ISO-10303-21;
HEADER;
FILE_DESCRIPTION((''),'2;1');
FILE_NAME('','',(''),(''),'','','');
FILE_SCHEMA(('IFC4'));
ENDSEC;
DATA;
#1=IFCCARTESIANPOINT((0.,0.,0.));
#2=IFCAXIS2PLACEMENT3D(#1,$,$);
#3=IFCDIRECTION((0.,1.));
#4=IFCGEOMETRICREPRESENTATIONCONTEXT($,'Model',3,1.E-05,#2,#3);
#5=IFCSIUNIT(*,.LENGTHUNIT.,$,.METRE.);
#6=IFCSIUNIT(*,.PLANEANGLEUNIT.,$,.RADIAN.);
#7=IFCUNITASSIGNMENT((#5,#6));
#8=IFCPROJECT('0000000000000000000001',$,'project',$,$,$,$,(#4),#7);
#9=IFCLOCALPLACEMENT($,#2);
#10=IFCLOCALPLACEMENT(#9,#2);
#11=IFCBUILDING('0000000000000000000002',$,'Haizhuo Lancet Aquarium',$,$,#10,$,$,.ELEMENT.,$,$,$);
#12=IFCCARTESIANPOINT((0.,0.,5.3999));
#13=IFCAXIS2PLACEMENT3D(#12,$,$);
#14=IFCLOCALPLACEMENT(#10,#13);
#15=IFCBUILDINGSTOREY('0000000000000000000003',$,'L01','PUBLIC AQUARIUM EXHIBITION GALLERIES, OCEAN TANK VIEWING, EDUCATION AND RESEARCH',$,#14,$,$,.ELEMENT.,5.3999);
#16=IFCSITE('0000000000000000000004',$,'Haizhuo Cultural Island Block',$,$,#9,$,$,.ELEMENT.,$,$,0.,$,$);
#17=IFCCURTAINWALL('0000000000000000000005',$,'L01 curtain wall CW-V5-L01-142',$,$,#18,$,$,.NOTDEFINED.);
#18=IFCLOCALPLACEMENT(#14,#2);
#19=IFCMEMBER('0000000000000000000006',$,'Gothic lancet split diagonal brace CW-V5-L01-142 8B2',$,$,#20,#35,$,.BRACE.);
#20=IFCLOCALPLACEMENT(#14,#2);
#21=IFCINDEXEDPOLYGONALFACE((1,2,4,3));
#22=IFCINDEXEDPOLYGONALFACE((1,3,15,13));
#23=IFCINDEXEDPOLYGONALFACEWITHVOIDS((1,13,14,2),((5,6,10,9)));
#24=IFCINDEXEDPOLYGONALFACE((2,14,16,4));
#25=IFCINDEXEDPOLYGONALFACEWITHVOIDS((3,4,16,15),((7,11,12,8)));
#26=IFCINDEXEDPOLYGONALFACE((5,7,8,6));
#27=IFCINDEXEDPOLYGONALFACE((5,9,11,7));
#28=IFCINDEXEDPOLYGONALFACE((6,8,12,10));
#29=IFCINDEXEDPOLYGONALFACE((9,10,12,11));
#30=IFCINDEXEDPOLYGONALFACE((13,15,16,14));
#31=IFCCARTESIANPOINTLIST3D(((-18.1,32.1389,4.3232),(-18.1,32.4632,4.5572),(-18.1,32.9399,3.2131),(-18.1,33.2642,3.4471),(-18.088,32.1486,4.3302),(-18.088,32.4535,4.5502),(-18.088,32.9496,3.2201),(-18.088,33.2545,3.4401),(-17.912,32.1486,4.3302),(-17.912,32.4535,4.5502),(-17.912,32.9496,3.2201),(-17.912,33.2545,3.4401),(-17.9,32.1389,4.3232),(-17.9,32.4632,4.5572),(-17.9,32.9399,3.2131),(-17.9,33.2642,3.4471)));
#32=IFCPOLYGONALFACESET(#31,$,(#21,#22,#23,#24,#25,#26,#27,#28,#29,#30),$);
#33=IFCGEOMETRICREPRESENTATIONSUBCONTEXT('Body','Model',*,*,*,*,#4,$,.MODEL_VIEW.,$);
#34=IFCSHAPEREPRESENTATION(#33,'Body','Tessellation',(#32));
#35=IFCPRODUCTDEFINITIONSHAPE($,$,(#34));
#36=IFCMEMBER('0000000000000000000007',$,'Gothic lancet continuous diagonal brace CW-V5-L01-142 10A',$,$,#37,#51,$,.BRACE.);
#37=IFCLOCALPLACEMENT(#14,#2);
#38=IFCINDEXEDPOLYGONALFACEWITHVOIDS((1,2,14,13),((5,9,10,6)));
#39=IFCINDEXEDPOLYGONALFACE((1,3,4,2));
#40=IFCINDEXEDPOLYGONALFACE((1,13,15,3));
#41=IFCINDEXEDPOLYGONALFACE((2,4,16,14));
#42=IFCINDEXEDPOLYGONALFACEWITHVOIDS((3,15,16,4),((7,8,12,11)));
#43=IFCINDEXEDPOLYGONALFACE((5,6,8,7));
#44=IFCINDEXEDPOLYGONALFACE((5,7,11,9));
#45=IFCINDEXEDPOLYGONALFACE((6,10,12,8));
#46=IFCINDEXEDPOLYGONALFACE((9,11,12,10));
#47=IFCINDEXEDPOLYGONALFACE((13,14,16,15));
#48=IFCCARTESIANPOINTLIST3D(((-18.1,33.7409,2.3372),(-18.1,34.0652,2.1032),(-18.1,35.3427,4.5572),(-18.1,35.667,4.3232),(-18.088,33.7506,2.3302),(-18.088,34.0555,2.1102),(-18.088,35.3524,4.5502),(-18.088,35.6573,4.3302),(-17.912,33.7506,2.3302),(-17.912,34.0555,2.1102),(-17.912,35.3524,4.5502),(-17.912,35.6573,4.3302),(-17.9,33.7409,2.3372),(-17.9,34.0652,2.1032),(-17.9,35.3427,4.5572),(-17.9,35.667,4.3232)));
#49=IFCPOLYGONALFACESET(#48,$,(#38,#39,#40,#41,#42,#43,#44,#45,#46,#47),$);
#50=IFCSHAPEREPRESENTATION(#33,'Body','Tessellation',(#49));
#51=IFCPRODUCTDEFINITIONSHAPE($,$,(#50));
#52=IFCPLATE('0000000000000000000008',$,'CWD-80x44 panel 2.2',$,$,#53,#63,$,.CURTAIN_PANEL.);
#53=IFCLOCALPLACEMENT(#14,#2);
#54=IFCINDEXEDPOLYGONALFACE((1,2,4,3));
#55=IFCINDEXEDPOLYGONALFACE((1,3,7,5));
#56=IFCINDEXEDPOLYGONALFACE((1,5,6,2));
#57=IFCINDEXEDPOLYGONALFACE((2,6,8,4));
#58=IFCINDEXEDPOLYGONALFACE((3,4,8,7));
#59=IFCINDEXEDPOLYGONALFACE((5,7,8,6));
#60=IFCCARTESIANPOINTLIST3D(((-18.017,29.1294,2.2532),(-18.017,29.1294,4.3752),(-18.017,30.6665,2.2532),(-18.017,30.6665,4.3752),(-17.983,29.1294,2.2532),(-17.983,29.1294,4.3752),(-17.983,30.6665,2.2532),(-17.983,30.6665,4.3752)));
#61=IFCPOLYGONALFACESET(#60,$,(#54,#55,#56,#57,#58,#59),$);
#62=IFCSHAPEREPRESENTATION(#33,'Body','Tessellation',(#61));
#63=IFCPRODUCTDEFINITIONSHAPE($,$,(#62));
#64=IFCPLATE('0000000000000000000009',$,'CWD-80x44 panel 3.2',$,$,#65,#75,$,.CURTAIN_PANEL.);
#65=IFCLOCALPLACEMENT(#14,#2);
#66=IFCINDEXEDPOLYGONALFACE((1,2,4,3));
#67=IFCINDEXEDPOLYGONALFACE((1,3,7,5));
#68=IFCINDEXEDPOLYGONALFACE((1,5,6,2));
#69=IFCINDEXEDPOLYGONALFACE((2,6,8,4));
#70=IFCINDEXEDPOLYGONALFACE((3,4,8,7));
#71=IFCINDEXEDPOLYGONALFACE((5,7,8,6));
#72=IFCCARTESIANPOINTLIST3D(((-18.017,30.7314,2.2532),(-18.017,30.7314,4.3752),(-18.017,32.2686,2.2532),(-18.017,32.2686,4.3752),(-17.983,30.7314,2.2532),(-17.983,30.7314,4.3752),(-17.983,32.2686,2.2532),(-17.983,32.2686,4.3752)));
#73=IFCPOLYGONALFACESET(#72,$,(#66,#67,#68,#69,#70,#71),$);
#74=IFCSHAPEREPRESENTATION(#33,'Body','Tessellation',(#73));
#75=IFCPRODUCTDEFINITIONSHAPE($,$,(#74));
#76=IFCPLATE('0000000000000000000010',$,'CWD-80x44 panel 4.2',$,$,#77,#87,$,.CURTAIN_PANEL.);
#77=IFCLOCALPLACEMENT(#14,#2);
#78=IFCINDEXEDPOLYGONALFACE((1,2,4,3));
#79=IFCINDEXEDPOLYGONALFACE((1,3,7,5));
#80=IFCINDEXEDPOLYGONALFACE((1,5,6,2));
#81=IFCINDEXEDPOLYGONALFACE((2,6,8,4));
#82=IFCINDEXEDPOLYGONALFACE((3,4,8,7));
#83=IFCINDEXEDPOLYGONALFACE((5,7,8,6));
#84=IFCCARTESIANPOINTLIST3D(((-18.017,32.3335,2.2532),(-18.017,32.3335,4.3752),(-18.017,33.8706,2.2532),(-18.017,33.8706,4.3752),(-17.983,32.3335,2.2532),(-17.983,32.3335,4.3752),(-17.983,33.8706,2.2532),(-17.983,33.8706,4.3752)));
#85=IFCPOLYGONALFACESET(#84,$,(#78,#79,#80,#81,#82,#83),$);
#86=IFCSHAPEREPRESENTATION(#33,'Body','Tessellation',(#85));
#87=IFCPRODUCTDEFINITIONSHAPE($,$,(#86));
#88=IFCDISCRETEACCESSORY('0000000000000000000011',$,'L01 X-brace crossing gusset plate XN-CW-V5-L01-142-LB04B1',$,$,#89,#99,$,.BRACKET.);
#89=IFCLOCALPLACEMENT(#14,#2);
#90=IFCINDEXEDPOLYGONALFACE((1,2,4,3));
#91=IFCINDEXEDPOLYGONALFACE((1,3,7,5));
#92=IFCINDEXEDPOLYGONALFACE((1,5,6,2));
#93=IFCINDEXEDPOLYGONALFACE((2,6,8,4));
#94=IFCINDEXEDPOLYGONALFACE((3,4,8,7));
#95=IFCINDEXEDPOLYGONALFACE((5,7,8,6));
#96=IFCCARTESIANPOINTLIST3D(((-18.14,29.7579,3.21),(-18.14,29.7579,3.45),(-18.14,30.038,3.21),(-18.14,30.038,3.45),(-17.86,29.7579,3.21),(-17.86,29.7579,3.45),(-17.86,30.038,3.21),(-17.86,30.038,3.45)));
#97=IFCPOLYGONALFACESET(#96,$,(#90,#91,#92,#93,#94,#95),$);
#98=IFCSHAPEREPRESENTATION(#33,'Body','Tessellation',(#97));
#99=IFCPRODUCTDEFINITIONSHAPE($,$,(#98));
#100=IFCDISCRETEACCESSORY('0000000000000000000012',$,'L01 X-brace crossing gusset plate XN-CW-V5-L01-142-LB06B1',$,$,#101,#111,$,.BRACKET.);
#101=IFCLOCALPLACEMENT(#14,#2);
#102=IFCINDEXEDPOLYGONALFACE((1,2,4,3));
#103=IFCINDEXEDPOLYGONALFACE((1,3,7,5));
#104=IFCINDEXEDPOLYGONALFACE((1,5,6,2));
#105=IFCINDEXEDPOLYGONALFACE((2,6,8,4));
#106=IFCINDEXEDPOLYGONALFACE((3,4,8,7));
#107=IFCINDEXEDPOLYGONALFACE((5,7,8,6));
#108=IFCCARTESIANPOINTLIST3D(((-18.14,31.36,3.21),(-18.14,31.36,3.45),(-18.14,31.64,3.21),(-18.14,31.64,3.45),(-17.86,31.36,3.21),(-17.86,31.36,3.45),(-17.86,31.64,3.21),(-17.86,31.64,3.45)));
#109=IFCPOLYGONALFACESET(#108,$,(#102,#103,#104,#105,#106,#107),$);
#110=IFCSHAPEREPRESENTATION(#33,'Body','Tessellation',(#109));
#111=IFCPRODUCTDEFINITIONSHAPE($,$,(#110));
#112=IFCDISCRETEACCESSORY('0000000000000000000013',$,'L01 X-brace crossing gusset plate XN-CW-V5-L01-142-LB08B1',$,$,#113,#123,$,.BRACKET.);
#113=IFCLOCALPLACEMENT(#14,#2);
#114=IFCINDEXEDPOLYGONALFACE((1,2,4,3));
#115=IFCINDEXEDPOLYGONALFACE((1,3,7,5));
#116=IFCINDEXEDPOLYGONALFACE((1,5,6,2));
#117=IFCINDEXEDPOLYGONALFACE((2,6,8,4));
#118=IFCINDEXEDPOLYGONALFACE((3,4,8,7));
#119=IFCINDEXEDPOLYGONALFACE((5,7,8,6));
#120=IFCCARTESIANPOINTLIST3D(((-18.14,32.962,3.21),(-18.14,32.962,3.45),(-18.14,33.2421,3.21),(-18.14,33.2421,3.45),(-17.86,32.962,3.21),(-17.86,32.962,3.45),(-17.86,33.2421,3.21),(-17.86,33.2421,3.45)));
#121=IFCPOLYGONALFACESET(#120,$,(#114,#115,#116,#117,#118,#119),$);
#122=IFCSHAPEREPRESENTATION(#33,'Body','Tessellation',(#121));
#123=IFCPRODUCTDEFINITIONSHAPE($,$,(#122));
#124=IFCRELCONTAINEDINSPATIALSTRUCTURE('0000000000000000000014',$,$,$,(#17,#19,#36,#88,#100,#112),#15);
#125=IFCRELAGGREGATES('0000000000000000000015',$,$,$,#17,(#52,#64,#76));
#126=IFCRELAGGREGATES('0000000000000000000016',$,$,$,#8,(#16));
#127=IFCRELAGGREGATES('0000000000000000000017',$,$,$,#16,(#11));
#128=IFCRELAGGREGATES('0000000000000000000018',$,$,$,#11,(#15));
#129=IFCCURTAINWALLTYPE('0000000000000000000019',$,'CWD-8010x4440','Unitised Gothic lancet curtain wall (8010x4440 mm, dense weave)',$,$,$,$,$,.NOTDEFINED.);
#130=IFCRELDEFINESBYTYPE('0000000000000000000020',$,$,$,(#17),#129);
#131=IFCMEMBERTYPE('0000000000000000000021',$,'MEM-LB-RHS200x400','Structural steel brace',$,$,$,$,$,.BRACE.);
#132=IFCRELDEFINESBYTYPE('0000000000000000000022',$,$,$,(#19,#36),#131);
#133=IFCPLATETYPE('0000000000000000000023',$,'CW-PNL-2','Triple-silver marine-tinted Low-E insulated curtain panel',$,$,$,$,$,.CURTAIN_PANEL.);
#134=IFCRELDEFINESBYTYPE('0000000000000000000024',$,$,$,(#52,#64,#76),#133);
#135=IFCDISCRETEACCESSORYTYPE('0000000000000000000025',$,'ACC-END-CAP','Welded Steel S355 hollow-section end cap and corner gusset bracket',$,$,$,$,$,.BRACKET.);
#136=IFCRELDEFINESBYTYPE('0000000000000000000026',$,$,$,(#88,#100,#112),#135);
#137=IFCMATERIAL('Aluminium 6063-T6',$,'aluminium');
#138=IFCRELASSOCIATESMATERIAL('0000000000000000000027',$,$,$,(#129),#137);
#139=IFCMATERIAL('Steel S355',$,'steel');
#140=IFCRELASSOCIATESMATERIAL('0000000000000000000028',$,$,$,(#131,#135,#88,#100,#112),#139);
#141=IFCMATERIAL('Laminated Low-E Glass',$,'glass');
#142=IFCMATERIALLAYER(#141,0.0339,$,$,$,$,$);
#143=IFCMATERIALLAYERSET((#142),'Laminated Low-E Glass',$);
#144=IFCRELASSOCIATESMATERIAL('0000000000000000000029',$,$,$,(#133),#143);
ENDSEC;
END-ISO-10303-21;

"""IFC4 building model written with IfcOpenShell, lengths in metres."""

from ifc_helpers import new_model, si_unit, direction, frame, origin, origin_2d, place, context, subcontext, project, spatial, rectangle, hollow_rectangle, extrude, material, layer, layer_set, material_profile, profile_set, type_object, element, aggregate, save


model = new_model("IFC4")

# Units and contexts
model_context = context("Model", 3, precision=1e-05, world=origin(), true_north=direction((0.0, 1.0)))
body_context = subcontext(model_context, "Body", "Model", "MODEL_VIEW")
ifc_project = project(units=[si_unit("LENGTHUNIT", "METRE"), si_unit("PLANEANGLEUNIT", "RADIAN")], contexts=[model_context])

# Site, building, storey
site_placement = place(None, origin())
site = spatial("IfcSite", under=ifc_project, at=site_placement, Name="Haizhuo Cultural Island Block", CompositionType="ELEMENT", RefElevation=0.0)
building_placement = place(site_placement, origin())
building = spatial("IfcBuilding", under=site, at=building_placement, Name="Haizhuo Lancet Aquarium", CompositionType="ELEMENT")
storey_placement = place(building_placement, frame((0.0, 0.0, 5.3999)))
storey = spatial("IfcBuildingStorey", under=building, at=storey_placement, Name="L01", Description="PUBLIC AQUARIUM EXHIBITION GALLERIES, OCEAN TANK VIEWING, EDUCATION AND RESEARCH", CompositionType="ELEMENT", Elevation=5.3999)

# Curtain wall
ifc_material_1 = material(Name="Aluminium 6063-T6", Category="aluminium")
curtain_wall_type = type_object("IfcCurtainWallType", Name="CWD-8010x4440", Description="Unitised Gothic lancet curtain wall (8010x4440 mm, dense weave)", PredefinedType="NOTDEFINED", material=ifc_material_1)
curtain_wall_placement = place(storey_placement, origin())
curtain_wall = element("IfcCurtainWall", 1, at=curtain_wall_placement, inside=storey, type_object=curtain_wall_type, Name="L01 curtain wall CW-V5-L01-142", PredefinedType="NOTDEFINED")

# Shared definitions
ifc_material_2 = material(Name="Steel S355", Category="steel")

# Members
ifc_material_profile_1 = material_profile(ifc_material_2, hollow_rectangle(XDim=0.2, YDim=0.3999, WallThickness=0.012, at=origin_2d()), Name="RHS 200x400x12")
ifc_profile_set_1 = profile_set([ifc_material_profile_1], Name="Steel S355")
member_type_1 = type_object("IfcMemberType", Name="MEM-LB-RHS200x400", Description="Structural steel brace", PredefinedType="BRACE", material=ifc_profile_set_1)
member_1_placement = place(storey_placement, frame((-18.0, 33.1021, 3.3301), z_axis=(0.0, -0.585145, 0.810928), x_axis=(1.0, 0.0, 0.0)))
element("IfcMember", 2, at=member_1_placement, inside=storey, type_object=member_type_1, Name="Gothic lancet split diagonal brace CW-V5-L01-142 8B2", PredefinedType="BRACE", context=body_context, shape_type="SweptSolid", body=[
    extrude(hollow_rectangle(XDim=0.2, YDim=0.3999, WallThickness=0.012, at=origin_2d()), origin(), (0.0, 0.0, 1.0), 1.3689),
])
member_2_placement = place(storey_placement, frame((-18.0, 33.9031, 2.2202), z_axis=(0.0, 0.585129, 0.81094), x_axis=(-1.0, 0.0, 0.0)))
element("IfcMember", 3, at=member_2_placement, inside=storey, type_object=member_type_1, Name="Gothic lancet continuous diagonal brace CW-V5-L01-142 10A", PredefinedType="BRACE", context=body_context, shape_type="SweptSolid", body=[
    extrude(hollow_rectangle(XDim=0.2, YDim=0.3999, WallThickness=0.012, at=origin_2d()), origin(), (0.0, 0.0, 1.0), 2.7375),
])

# Plates
ifc_material_3 = material(Name="Laminated Low-E Glass", Category="glass")
ifc_layer = layer(ifc_material_3, 0.0339)
ifc_layer_set = layer_set([ifc_layer], Name="Laminated Low-E Glass")
plate_type = type_object("IfcPlateType", Name="CW-PNL-2", Description="Triple-silver marine-tinted Low-E insulated curtain panel", PredefinedType="CURTAIN_PANEL", material=ifc_layer_set)
plate_1_placement = place(storey_placement, frame((-18.0, 29.8979, 2.2532), z_axis=(0.0, 0.0, 1.0), x_axis=(0.0, 1.0, 0.0)))
plate_1 = element("IfcPlate", 4, at=plate_1_placement, type_object=plate_type, Name="CWD-80x44 panel 2.2", PredefinedType="CURTAIN_PANEL", context=body_context, shape_type="SweptSolid", body=[
    extrude(rectangle(XDim=1.5371, YDim=0.0339, at=origin_2d()), origin(), (0.0, 0.0, 1.0), 2.1221),
])
plate_2_placement = place(storey_placement, frame((-18.0, 31.5, 2.2532), z_axis=(0.0, 0.0, 1.0), x_axis=(0.0, 1.0, 0.0)))
plate_2 = element("IfcPlate", 5, at=plate_2_placement, type_object=plate_type, Name="CWD-80x44 panel 3.2", PredefinedType="CURTAIN_PANEL", context=body_context, shape_type="SweptSolid", body=[
    extrude(rectangle(XDim=1.5371, YDim=0.0339, at=origin_2d()), origin(), (0.0, 0.0, 1.0), 2.1221),
])
plate_3_placement = place(storey_placement, frame((-18.0, 33.1021, 2.2532), z_axis=(0.0, 0.0, 1.0), x_axis=(0.0, 1.0, 0.0)))
plate_3 = element("IfcPlate", 6, at=plate_3_placement, type_object=plate_type, Name="CWD-80x44 panel 4.2", PredefinedType="CURTAIN_PANEL", context=body_context, shape_type="SweptSolid", body=[
    extrude(rectangle(XDim=1.5371, YDim=0.0339, at=origin_2d()), origin(), (0.0, 0.0, 1.0), 2.1221),
])
aggregate(curtain_wall, [plate_1, plate_2, plate_3])

# Discrete accessories
discrete_accessory_type = type_object("IfcDiscreteAccessoryType", Name="ACC-END-CAP", Description="Welded Steel S355 hollow-section end cap and corner gusset bracket", PredefinedType="BRACKET", material=ifc_material_2)
for number, where, z_axis, x_axis, name in (
    (7, (-18.0, 29.8979, 3.21), (0.0, 0.0, 1.0), (1.0, 0.0, 0.0), "L01 X-brace crossing gusset plate XN-CW-V5-L01-142-LB04B1"),
    (8, (-18.0, 31.5, 3.21), (0.0, 0.0, 1.0), (1.0, 0.0, 0.0), "L01 X-brace crossing gusset plate XN-CW-V5-L01-142-LB06B1"),
    (9, (-18.0, 33.1021, 3.21), (0.0, 0.0, 1.0), (1.0, 0.0, 0.0), "L01 X-brace crossing gusset plate XN-CW-V5-L01-142-LB08B1"),
):
    element("IfcDiscreteAccessory", number, at=place(storey_placement, frame(where, z_axis=z_axis, x_axis=x_axis)), inside=storey, type_object=discrete_accessory_type, material=ifc_material_2, Name=name, PredefinedType="BRACKET", context=body_context, shape_type="SweptSolid", body=[
        extrude(rectangle(XDim=0.28, YDim=0.28, at=origin_2d()), origin(), (0.0, 0.0, 1.0), 0.24),
    ])

save(model, "model.ifc")
